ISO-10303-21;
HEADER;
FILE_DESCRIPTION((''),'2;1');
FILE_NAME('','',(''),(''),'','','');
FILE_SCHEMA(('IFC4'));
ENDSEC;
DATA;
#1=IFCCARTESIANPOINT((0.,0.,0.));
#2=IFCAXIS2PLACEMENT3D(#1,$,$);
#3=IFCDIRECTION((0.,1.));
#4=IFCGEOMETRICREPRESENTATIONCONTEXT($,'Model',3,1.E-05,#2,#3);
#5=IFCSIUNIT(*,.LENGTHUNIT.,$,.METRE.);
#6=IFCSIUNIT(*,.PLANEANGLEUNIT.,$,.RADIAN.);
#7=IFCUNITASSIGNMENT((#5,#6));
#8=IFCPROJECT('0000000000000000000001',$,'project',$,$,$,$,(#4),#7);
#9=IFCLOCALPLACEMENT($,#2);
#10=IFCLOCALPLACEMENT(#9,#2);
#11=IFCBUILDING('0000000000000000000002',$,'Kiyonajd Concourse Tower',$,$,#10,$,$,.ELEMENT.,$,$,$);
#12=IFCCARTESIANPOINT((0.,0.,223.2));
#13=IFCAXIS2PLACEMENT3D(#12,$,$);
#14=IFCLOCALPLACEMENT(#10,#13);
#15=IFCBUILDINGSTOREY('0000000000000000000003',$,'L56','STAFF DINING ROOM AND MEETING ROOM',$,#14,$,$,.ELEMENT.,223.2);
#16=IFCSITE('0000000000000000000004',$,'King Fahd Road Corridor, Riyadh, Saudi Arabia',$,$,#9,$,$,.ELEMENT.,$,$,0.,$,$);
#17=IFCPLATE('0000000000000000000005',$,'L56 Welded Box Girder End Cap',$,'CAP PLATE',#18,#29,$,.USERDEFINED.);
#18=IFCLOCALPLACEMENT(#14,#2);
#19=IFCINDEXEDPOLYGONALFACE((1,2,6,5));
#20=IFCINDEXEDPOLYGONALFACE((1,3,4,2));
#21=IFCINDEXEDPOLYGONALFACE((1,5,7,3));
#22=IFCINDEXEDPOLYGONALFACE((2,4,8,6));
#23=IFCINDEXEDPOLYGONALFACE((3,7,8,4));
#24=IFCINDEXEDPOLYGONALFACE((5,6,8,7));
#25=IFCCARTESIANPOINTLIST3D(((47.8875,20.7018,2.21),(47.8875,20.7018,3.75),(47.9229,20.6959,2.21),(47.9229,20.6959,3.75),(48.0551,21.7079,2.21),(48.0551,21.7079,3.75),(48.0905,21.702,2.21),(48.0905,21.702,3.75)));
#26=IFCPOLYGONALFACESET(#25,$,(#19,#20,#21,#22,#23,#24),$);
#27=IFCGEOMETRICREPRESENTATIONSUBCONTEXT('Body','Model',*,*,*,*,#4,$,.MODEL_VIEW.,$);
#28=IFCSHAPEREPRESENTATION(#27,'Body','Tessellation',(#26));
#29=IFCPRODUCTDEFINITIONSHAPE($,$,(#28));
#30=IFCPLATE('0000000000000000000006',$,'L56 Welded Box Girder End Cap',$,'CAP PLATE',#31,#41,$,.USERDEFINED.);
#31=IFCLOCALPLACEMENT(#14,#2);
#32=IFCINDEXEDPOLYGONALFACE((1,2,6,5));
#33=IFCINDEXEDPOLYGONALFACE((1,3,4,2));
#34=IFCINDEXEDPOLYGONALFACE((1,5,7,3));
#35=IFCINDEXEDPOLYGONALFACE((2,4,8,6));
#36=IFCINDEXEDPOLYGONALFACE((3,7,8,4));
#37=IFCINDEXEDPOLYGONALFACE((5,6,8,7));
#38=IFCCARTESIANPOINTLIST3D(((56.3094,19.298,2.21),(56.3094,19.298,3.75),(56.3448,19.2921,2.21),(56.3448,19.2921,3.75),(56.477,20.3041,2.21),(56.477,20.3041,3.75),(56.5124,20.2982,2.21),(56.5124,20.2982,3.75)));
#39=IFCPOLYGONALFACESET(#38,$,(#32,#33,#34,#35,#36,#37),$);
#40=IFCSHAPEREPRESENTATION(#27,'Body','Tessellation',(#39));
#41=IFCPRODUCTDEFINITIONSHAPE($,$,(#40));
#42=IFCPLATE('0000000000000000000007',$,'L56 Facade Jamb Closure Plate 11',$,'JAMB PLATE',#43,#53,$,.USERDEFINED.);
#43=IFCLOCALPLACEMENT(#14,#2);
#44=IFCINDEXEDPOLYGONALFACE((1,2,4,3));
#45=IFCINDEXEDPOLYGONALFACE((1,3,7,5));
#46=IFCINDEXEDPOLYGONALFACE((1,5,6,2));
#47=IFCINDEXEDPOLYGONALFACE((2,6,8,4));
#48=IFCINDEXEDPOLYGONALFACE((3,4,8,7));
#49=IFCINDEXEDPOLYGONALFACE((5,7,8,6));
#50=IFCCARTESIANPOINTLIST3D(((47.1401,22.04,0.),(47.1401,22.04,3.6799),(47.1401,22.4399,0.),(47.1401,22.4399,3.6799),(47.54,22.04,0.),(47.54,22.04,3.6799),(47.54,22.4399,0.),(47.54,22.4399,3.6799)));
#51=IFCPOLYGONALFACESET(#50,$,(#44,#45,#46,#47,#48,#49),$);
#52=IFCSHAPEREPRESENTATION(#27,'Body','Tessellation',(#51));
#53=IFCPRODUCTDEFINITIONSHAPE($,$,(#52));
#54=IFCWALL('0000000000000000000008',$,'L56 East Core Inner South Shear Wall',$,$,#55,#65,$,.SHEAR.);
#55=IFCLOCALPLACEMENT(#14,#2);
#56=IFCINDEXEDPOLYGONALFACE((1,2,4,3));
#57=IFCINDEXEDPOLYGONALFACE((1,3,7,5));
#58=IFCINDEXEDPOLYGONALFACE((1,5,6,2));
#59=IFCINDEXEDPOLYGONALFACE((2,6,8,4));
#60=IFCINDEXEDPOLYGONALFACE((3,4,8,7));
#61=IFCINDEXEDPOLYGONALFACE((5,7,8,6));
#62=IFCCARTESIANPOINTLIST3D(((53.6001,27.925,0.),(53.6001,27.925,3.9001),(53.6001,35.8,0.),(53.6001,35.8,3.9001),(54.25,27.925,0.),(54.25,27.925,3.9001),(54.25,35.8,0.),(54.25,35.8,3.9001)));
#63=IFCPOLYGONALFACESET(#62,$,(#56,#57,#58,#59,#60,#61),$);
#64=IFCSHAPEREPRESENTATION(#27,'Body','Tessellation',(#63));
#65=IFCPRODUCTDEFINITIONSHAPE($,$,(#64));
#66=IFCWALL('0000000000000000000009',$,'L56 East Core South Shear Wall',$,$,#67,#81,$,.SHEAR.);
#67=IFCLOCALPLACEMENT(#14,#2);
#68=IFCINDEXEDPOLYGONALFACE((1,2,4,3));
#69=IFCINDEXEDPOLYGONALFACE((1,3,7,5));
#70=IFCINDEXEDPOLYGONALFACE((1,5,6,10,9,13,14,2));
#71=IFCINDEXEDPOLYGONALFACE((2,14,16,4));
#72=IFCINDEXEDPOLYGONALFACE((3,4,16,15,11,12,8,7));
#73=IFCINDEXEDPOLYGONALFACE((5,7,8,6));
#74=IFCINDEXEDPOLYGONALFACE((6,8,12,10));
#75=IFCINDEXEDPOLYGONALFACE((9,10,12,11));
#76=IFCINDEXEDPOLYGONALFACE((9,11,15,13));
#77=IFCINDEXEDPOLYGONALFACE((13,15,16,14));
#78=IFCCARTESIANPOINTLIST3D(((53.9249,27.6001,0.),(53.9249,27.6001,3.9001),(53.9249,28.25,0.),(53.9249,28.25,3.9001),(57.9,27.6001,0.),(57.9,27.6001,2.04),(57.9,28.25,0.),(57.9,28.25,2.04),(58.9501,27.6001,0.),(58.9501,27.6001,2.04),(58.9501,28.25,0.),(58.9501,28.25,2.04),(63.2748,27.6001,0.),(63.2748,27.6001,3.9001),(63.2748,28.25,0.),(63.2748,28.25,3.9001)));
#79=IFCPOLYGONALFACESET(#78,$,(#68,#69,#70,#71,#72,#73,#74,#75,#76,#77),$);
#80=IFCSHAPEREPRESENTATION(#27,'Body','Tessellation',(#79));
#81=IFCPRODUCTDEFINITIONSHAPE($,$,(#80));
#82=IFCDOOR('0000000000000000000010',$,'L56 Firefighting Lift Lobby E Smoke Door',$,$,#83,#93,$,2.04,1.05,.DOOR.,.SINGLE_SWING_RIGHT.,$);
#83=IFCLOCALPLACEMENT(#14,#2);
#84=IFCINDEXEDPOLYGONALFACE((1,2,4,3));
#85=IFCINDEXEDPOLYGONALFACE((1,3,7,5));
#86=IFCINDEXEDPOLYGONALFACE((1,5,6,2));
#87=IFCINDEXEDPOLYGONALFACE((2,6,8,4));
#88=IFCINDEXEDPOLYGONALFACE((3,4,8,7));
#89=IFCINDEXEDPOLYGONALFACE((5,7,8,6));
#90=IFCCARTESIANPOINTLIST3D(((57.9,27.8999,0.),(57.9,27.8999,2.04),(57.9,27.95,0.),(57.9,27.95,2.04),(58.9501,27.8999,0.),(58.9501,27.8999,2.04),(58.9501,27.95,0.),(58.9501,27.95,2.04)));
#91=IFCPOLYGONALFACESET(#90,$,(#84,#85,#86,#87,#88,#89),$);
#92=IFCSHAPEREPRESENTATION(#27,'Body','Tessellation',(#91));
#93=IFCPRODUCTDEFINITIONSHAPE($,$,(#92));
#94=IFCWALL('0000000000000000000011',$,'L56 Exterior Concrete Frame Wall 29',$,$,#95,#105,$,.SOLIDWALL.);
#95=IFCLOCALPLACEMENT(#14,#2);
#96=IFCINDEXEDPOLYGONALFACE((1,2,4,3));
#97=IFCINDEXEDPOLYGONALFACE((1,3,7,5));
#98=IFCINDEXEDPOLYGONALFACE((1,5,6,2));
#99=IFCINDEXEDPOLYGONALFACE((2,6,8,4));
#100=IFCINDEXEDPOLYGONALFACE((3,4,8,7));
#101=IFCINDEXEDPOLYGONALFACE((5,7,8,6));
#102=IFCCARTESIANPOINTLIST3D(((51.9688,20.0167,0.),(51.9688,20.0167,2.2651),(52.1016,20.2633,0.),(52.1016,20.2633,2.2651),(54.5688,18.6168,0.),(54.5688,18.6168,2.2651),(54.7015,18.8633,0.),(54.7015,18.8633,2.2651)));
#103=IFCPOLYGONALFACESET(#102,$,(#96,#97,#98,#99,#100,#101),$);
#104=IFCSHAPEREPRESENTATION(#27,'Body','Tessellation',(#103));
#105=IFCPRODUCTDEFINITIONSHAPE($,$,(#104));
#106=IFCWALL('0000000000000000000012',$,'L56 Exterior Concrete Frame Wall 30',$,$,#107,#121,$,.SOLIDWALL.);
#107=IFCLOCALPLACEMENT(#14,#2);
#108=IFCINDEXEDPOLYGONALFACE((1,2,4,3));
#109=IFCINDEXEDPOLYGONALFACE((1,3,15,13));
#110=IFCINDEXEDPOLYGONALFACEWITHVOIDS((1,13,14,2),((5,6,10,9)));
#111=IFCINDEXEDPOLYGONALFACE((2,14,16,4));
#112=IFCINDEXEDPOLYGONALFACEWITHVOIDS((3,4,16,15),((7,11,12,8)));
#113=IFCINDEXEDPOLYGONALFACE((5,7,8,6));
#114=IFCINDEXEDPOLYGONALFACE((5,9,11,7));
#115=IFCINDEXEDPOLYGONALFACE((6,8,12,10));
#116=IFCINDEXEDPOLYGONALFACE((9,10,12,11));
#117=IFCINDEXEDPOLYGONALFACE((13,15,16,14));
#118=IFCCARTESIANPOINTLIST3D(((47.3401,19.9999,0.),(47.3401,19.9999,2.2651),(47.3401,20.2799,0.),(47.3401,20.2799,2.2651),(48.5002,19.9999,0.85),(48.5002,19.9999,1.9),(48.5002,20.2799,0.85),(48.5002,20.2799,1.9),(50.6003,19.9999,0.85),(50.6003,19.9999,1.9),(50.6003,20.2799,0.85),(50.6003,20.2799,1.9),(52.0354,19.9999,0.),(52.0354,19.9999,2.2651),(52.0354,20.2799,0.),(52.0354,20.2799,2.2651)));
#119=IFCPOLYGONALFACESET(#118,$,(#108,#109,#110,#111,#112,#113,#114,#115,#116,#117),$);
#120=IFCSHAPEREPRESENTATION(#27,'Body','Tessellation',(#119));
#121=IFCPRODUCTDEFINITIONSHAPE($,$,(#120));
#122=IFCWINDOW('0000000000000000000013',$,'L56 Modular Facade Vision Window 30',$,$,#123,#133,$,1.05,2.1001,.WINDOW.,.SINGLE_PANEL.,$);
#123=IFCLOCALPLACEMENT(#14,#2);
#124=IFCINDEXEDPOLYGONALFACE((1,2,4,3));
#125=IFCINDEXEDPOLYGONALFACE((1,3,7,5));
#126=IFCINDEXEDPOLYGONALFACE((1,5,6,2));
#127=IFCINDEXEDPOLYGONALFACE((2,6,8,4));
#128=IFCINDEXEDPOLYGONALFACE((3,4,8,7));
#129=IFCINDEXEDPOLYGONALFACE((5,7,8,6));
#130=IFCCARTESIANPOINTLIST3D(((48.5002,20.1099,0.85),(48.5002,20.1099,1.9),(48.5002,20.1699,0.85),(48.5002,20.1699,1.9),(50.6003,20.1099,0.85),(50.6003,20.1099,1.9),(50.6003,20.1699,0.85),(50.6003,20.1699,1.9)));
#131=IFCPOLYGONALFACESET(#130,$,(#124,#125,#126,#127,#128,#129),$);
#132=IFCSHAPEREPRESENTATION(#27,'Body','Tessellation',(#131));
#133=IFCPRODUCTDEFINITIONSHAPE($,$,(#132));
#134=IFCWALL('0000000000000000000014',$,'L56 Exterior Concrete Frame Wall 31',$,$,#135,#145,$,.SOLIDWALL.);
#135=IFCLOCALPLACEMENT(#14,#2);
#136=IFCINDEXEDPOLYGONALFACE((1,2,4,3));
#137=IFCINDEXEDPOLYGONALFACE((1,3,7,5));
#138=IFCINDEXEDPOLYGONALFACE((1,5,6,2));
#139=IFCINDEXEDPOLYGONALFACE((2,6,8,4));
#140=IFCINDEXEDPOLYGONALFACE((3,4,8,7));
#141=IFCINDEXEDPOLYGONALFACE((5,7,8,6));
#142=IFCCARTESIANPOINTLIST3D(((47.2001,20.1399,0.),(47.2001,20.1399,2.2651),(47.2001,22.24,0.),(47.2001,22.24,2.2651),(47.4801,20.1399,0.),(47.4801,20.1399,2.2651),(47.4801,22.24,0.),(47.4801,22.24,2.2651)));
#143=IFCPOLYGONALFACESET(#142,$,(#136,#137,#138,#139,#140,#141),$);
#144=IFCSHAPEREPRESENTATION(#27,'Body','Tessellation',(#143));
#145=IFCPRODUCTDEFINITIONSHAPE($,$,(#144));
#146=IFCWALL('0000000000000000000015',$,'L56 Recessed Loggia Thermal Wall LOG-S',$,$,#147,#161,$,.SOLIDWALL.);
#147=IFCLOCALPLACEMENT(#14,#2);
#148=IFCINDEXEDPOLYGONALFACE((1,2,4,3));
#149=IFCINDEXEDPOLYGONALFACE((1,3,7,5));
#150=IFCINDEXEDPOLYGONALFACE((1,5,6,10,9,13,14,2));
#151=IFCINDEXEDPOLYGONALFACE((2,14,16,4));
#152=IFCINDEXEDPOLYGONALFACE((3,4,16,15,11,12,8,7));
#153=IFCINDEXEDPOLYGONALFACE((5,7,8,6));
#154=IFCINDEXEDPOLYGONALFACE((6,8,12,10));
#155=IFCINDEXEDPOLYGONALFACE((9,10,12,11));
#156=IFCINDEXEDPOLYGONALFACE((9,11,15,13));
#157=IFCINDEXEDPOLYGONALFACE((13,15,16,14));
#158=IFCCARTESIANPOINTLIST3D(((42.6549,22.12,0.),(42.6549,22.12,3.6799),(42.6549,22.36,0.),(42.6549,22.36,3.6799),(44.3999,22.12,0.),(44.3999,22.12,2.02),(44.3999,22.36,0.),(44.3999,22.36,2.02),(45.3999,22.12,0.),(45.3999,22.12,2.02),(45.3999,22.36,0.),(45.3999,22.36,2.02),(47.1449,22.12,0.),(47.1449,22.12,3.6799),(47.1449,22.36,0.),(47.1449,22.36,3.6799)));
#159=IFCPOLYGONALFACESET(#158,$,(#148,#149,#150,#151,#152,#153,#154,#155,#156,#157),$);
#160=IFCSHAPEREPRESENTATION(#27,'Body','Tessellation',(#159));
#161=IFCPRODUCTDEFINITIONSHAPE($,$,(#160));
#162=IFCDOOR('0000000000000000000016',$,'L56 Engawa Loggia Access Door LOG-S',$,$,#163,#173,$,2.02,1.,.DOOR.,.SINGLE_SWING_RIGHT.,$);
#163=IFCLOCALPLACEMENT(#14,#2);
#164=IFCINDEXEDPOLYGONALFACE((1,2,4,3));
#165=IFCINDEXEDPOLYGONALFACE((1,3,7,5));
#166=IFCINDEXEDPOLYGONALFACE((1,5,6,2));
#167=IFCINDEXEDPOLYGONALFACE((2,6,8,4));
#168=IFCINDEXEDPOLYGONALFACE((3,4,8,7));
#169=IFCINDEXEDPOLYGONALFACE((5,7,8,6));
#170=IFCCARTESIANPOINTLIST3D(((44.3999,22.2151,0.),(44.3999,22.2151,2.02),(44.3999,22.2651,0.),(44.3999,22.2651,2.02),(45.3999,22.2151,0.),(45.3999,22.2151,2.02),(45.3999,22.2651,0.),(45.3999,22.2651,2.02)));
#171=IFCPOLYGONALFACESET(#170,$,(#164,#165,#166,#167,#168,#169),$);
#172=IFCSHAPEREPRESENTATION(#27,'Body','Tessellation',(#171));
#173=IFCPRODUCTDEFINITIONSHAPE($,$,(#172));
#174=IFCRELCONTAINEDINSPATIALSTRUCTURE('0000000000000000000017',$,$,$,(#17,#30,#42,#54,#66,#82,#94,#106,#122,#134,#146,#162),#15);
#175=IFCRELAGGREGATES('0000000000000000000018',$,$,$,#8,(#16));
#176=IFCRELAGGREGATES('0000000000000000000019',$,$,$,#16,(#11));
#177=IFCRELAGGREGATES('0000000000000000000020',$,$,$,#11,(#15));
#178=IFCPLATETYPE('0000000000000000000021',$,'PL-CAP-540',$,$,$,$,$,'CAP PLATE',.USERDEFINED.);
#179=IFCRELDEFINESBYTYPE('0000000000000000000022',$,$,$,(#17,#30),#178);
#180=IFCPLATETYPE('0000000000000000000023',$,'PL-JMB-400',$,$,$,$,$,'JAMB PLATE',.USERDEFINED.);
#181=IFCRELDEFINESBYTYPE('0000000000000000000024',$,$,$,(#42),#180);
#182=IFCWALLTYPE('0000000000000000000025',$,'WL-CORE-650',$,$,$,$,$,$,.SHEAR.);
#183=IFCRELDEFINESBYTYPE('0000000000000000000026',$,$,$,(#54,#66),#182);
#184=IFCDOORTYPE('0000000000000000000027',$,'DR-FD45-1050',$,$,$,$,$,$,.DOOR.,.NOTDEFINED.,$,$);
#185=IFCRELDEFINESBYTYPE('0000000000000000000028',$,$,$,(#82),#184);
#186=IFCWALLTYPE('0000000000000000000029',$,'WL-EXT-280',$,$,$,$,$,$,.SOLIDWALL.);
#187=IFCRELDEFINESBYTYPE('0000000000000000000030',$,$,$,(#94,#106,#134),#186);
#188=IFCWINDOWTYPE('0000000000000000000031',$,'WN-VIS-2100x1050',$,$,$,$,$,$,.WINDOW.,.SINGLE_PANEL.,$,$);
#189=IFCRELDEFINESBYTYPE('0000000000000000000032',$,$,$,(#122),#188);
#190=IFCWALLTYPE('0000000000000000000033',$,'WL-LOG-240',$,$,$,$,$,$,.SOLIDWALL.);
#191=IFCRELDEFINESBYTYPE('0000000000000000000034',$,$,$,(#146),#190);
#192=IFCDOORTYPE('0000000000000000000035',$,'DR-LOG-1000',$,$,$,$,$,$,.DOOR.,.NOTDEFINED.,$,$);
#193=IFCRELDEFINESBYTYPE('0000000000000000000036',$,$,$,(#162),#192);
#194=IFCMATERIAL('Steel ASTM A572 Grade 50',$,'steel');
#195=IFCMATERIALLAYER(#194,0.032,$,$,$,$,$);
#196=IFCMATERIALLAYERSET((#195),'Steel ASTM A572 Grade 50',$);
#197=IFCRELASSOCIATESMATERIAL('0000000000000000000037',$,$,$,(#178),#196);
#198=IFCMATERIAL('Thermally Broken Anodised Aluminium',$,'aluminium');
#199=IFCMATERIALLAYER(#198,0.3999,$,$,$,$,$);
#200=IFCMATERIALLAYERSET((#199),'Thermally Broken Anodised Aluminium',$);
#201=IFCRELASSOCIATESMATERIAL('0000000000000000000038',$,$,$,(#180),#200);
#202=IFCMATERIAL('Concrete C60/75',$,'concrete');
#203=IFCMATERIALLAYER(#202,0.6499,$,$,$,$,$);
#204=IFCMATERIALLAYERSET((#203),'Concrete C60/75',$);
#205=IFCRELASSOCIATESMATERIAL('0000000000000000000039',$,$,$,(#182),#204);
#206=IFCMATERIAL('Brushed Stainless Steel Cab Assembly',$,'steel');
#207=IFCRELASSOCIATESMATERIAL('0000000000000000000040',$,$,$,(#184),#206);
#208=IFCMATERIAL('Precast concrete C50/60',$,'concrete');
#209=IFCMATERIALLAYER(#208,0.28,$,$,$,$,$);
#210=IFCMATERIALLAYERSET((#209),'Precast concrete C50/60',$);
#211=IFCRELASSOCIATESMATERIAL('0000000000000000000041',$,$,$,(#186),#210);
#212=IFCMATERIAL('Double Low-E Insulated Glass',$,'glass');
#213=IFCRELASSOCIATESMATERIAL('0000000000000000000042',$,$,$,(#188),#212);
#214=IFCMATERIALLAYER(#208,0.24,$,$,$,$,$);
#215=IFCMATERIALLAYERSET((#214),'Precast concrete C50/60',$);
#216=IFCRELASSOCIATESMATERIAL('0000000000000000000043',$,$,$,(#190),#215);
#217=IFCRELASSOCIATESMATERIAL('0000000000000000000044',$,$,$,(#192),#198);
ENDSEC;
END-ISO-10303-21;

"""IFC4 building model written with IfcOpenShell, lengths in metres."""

from ifc_helpers import new_model, si_unit, direction, frame, frame_2d, origin, origin_2d, place, context, subcontext, project, spatial, rectangle, extrude, material, layer, layer_set, type_object, element, fill, save


model = new_model("IFC4")

# Units and contexts
model_context = context("Model", 3, precision=1e-05, world=origin(), true_north=direction((0.0, 1.0)))
body_context = subcontext(model_context, "Body", "Model", "MODEL_VIEW")
ifc_project = project(units=[si_unit("LENGTHUNIT", "METRE"), si_unit("PLANEANGLEUNIT", "RADIAN")], contexts=[model_context])

# Site, building, storey
site_placement = place(None, origin())
site = spatial("IfcSite", under=ifc_project, at=site_placement, Name="King Fahd Road Corridor, Riyadh, Saudi Arabia", CompositionType="ELEMENT", RefElevation=0.0)
building_placement = place(site_placement, origin())
building = spatial("IfcBuilding", under=site, at=building_placement, Name="Kiyonajd Concourse Tower", CompositionType="ELEMENT")
storey_placement = place(building_placement, frame((0.0, 0.0, 223.2)))
storey = spatial("IfcBuildingStorey", under=building, at=storey_placement, Name="L56", Description="STAFF DINING ROOM AND MEETING ROOM", CompositionType="ELEMENT", Elevation=223.2)

# Shared definitions
ifc_material_1 = material(Name="Concrete C60/75", Category="concrete")

# Shared definitions
ifc_material_2 = material(Name="Steel ASTM A572 Grade 50", Category="steel")

# Plates
ifc_layer_1 = layer(ifc_material_2, 0.032)
ifc_layer_set_1 = layer_set([ifc_layer_1], Name="Steel ASTM A572 Grade 50")
plate_type_1 = type_object("IfcPlateType", Name="PL-CAP-540", ElementType="CAP PLATE", PredefinedType="USERDEFINED", material=ifc_layer_set_1)
for number, where, z_axis, x_axis, name in (
    (1, (47.989, 21.2019, 2.21), (0.0, 0.0, 1.0), (-0.986401, 0.164359, 0.0), "L56 Welded Box Girder End Cap"),
    (2, (56.4109, 19.7981, 2.21), (0.0, 0.0, 1.0), (0.986401, -0.164359, 0.0), "L56 Welded Box Girder End Cap"),
):
    element("IfcPlate", number, at=place(storey_placement, frame(where, z_axis=z_axis, x_axis=x_axis)), inside=storey, type_object=plate_type_1, Name=name, ObjectType="CAP PLATE", PredefinedType="USERDEFINED", context=body_context, shape_type="SweptSolid", body=[
        extrude(rectangle(XDim=0.0359, YDim=1.02, at=origin_2d()), origin(), (0.0, 0.0, 1.0), 1.54),
    ])
ifc_material_3 = material(Name="Thermally Broken Anodised Aluminium", Category="aluminium")
ifc_layer_2 = layer(ifc_material_3, 0.3999)
ifc_layer_set_2 = layer_set([ifc_layer_2], Name="Thermally Broken Anodised Aluminium")
plate_type_2 = type_object("IfcPlateType", Name="PL-JMB-400", ElementType="JAMB PLATE", PredefinedType="USERDEFINED", material=ifc_layer_set_2)
plate_placement = place(storey_placement, frame((47.3401, 22.24, 0.0), z_axis=(0.0, 0.0, 1.0), x_axis=(1.0, 0.0, 0.0)))
element("IfcPlate", 3, at=plate_placement, inside=storey, type_object=plate_type_2, Name="L56 Facade Jamb Closure Plate 11", ObjectType="JAMB PLATE", PredefinedType="USERDEFINED", context=body_context, shape_type="SweptSolid", body=[
    extrude(rectangle(XDim=0.3999, YDim=0.3999, at=origin_2d()), origin(), (0.0, 0.0, 1.0), 3.6799),
])

# Wall
ifc_layer_3 = layer(ifc_material_1, 0.6499)
ifc_layer_set_3 = layer_set([ifc_layer_3], Name="Concrete C60/75")
wall_type_1 = type_object("IfcWallType", Name="WL-CORE-650", PredefinedType="SHEAR", material=ifc_layer_set_3)
wall_1_placement = place(storey_placement, frame((53.925, 27.925, 0.0), z_axis=(0.0, 0.0, 1.0), x_axis=(0.0, 1.0, 0.0)))
element("IfcWall", 4, at=wall_1_placement, inside=storey, type_object=wall_type_1, Name="L56 East Core Inner South Shear Wall", PredefinedType="SHEAR", context=body_context, shape_type="SweptSolid", body=[
    extrude(rectangle(XDim=7.875, YDim=0.6499, at=frame_2d((3.9375, 0.0))), origin(), (0.0, 0.0, 1.0), 3.9001),
])

# Wall, opening, door
wall_2_placement = place(storey_placement, frame((53.925, 27.925, 0.0), z_axis=(0.0, 0.0, 1.0), x_axis=(1.0, 0.0, 0.0)))
wall_2 = element("IfcWall", 5, at=wall_2_placement, inside=storey, type_object=wall_type_1, Name="L56 East Core South Shear Wall", PredefinedType="SHEAR", context=body_context, shape_type="SweptSolid", body=[
    extrude(rectangle(XDim=9.3499, YDim=0.6499, at=frame_2d((4.6748, 0.0))), origin(), (0.0, 0.0, 1.0), 3.9001),
])
opening_1_placement = place(wall_2_placement, frame((3.9751, 0.0, 0.0)))
opening_1 = element("IfcOpeningElement", 6, at=opening_1_placement, cuts=wall_2, PredefinedType="OPENING", context=body_context, shape_type="SweptSolid", body=[
    extrude(rectangle(XDim=1.05, YDim=2.04, at=frame_2d((0.5249, 1.02))), frame((0.0, 0.335, 0.0), z_axis=(0.0, -1.0, 0.0), x_axis=(1.0, 0.0, 0.0)), (0.0, 0.0, 1.0), 0.6699),
])
ifc_material_4 = material(Name="Brushed Stainless Steel Cab Assembly", Category="steel")
door_type_1 = type_object("IfcDoorType", Name="DR-FD45-1050", OperationType="NOTDEFINED", PredefinedType="DOOR", material=ifc_material_4)
door_1_placement = place(opening_1_placement, origin())
door_1 = element("IfcDoor", 7, at=door_1_placement, inside=storey, type_object=door_type_1, Name="L56 Firefighting Lift Lobby E Smoke Door", OperationType="SINGLE_SWING_RIGHT", OverallHeight=2.04, OverallWidth=1.05, PredefinedType="DOOR", context=body_context, shape_type="SweptSolid", body=[
    extrude(rectangle(XDim=1.05, YDim=2.04, at=frame_2d((0.5249, 1.02))), frame((0.0, 0.0249, 0.0), z_axis=(0.0, -1.0, 0.0), x_axis=(1.0, 0.0, 0.0)), (0.0, 0.0, 1.0), 0.05),
])
fill(opening_1, door_1)

# Wall
ifc_material_5 = material(Name="Precast concrete C50/60", Category="concrete")
ifc_layer_4 = layer(ifc_material_5, 0.28)
ifc_layer_set_4 = layer_set([ifc_layer_4], Name="Precast concrete C50/60")
wall_type_2 = type_object("IfcWallType", Name="WL-EXT-280", PredefinedType="SOLIDWALL", material=ifc_layer_set_4)
wall_3_placement = place(storey_placement, frame((54.6353, 18.74, 0.0), z_axis=(0.0, 0.0, 1.0), x_axis=(-0.880474, 0.474095, 0.0)))
element("IfcWall", 8, at=wall_3_placement, inside=storey, type_object=wall_type_2, Name="L56 Exterior Concrete Frame Wall 29", PredefinedType="SOLIDWALL", context=body_context, shape_type="SweptSolid", body=[
    extrude(rectangle(XDim=2.9529, YDim=0.28, at=frame_2d((1.4766, 0.0))), origin(), (0.0, 0.0, 1.0), 2.2651),
])

# Wall, opening, window
wall_4_placement = place(storey_placement, frame((52.0354, 20.1399, 0.0), z_axis=(0.0, 0.0, 1.0), x_axis=(-1.0, 0.0, 0.0)))
wall_4 = element("IfcWall", 9, at=wall_4_placement, inside=storey, type_object=wall_type_2, Name="L56 Exterior Concrete Frame Wall 30", PredefinedType="SOLIDWALL", context=body_context, shape_type="SweptSolid", body=[
    extrude(rectangle(XDim=4.6953, YDim=0.28, at=frame_2d((2.3477, 0.0))), origin(), (0.0, 0.0, 1.0), 2.2651),
])
opening_2_placement = place(wall_4_placement, frame((1.4351, 0.0, 0.8501)))
opening_2 = element("IfcOpeningElement", 10, at=opening_2_placement, cuts=wall_4, PredefinedType="OPENING", context=body_context, shape_type="SweptSolid", body=[
    extrude(rectangle(XDim=2.1001, YDim=1.05, at=frame_2d((1.05, 0.5249))), frame((0.0, 0.1499, 0.0), z_axis=(0.0, -1.0, 0.0), x_axis=(1.0, 0.0, 0.0)), (0.0, 0.0, 1.0), 0.3),
])
ifc_material_6 = material(Name="Double Low-E Insulated Glass", Category="glass")
window_type = type_object("IfcWindowType", Name="WN-VIS-2100x1050", PartitioningType="SINGLE_PANEL", PredefinedType="WINDOW", material=ifc_material_6)
window_placement = place(opening_2_placement, origin())
window = element("IfcWindow", 11, at=window_placement, inside=storey, type_object=window_type, Name="L56 Modular Facade Vision Window 30", OverallHeight=1.05, OverallWidth=2.1001, PartitioningType="SINGLE_PANEL", PredefinedType="WINDOW", context=body_context, shape_type="SweptSolid", body=[
    extrude(rectangle(XDim=2.1001, YDim=1.05, at=frame_2d((1.05, 0.5249))), frame((0.0, 0.03, 0.0), z_axis=(0.0, -1.0, 0.0), x_axis=(1.0, 0.0, 0.0)), (0.0, 0.0, 1.0), 0.0601),
])
fill(opening_2, window)

# Wall
wall_5_placement = place(storey_placement, frame((47.3401, 20.1399, 0.0), z_axis=(0.0, 0.0, 1.0), x_axis=(0.0, 1.0, 0.0)))
element("IfcWall", 12, at=wall_5_placement, inside=storey, type_object=wall_type_2, Name="L56 Exterior Concrete Frame Wall 31", PredefinedType="SOLIDWALL", context=body_context, shape_type="SweptSolid", body=[
    extrude(rectangle(XDim=2.1001, YDim=0.28, at=frame_2d((1.05, 0.0))), origin(), (0.0, 0.0, 1.0), 2.2651),
])

# Wall, opening, door
ifc_layer_5 = layer(ifc_material_5, 0.24)
ifc_layer_set_5 = layer_set([ifc_layer_5], Name="Precast concrete C50/60")
wall_type_3 = type_object("IfcWallType", Name="WL-LOG-240", PredefinedType="SOLIDWALL", material=ifc_layer_set_5)
wall_6_placement = place(storey_placement, frame((47.145, 22.24, 0.0), z_axis=(0.0, 0.0, 1.0), x_axis=(-1.0, 0.0, 0.0)))
wall_6 = element("IfcWall", 13, at=wall_6_placement, inside=storey, type_object=wall_type_3, Name="L56 Recessed Loggia Thermal Wall LOG-S", PredefinedType="SOLIDWALL", context=body_context, shape_type="SweptSolid", body=[
    extrude(rectangle(XDim=4.49, YDim=0.24, at=frame_2d((2.2451, 0.0))), origin(), (0.0, 0.0, 1.0), 3.6799),
])
opening_3_placement = place(wall_6_placement, frame((1.7451, 0.0, 0.0)))
opening_3 = element("IfcOpeningElement", 14, at=opening_3_placement, cuts=wall_6, PredefinedType="OPENING", context=body_context, shape_type="SweptSolid", body=[
    extrude(rectangle(XDim=1.0, YDim=2.02, at=frame_2d((0.5, 1.01))), frame((0.0, 0.1299, 0.0), z_axis=(0.0, -1.0, 0.0), x_axis=(1.0, 0.0, 0.0)), (0.0, 0.0, 1.0), 0.26),
])
door_type_2 = type_object("IfcDoorType", Name="DR-LOG-1000", OperationType="NOTDEFINED", PredefinedType="DOOR", material=ifc_material_3)
door_2_placement = place(opening_3_placement, origin())
door_2 = element("IfcDoor", 15, at=door_2_placement, inside=storey, type_object=door_type_2, Name="L56 Engawa Loggia Access Door LOG-S", OperationType="SINGLE_SWING_RIGHT", OverallHeight=2.02, OverallWidth=1.0, PredefinedType="DOOR", context=body_context, shape_type="SweptSolid", body=[
    extrude(rectangle(XDim=1.0, YDim=2.02, at=frame_2d((0.5, 1.01))), frame((0.0, 0.0249, 0.0), z_axis=(0.0, -1.0, 0.0), x_axis=(1.0, 0.0, 0.0)), (0.0, 0.0, 1.0), 0.05),
])
fill(opening_3, door_2)

save(model, "model.ifc")
